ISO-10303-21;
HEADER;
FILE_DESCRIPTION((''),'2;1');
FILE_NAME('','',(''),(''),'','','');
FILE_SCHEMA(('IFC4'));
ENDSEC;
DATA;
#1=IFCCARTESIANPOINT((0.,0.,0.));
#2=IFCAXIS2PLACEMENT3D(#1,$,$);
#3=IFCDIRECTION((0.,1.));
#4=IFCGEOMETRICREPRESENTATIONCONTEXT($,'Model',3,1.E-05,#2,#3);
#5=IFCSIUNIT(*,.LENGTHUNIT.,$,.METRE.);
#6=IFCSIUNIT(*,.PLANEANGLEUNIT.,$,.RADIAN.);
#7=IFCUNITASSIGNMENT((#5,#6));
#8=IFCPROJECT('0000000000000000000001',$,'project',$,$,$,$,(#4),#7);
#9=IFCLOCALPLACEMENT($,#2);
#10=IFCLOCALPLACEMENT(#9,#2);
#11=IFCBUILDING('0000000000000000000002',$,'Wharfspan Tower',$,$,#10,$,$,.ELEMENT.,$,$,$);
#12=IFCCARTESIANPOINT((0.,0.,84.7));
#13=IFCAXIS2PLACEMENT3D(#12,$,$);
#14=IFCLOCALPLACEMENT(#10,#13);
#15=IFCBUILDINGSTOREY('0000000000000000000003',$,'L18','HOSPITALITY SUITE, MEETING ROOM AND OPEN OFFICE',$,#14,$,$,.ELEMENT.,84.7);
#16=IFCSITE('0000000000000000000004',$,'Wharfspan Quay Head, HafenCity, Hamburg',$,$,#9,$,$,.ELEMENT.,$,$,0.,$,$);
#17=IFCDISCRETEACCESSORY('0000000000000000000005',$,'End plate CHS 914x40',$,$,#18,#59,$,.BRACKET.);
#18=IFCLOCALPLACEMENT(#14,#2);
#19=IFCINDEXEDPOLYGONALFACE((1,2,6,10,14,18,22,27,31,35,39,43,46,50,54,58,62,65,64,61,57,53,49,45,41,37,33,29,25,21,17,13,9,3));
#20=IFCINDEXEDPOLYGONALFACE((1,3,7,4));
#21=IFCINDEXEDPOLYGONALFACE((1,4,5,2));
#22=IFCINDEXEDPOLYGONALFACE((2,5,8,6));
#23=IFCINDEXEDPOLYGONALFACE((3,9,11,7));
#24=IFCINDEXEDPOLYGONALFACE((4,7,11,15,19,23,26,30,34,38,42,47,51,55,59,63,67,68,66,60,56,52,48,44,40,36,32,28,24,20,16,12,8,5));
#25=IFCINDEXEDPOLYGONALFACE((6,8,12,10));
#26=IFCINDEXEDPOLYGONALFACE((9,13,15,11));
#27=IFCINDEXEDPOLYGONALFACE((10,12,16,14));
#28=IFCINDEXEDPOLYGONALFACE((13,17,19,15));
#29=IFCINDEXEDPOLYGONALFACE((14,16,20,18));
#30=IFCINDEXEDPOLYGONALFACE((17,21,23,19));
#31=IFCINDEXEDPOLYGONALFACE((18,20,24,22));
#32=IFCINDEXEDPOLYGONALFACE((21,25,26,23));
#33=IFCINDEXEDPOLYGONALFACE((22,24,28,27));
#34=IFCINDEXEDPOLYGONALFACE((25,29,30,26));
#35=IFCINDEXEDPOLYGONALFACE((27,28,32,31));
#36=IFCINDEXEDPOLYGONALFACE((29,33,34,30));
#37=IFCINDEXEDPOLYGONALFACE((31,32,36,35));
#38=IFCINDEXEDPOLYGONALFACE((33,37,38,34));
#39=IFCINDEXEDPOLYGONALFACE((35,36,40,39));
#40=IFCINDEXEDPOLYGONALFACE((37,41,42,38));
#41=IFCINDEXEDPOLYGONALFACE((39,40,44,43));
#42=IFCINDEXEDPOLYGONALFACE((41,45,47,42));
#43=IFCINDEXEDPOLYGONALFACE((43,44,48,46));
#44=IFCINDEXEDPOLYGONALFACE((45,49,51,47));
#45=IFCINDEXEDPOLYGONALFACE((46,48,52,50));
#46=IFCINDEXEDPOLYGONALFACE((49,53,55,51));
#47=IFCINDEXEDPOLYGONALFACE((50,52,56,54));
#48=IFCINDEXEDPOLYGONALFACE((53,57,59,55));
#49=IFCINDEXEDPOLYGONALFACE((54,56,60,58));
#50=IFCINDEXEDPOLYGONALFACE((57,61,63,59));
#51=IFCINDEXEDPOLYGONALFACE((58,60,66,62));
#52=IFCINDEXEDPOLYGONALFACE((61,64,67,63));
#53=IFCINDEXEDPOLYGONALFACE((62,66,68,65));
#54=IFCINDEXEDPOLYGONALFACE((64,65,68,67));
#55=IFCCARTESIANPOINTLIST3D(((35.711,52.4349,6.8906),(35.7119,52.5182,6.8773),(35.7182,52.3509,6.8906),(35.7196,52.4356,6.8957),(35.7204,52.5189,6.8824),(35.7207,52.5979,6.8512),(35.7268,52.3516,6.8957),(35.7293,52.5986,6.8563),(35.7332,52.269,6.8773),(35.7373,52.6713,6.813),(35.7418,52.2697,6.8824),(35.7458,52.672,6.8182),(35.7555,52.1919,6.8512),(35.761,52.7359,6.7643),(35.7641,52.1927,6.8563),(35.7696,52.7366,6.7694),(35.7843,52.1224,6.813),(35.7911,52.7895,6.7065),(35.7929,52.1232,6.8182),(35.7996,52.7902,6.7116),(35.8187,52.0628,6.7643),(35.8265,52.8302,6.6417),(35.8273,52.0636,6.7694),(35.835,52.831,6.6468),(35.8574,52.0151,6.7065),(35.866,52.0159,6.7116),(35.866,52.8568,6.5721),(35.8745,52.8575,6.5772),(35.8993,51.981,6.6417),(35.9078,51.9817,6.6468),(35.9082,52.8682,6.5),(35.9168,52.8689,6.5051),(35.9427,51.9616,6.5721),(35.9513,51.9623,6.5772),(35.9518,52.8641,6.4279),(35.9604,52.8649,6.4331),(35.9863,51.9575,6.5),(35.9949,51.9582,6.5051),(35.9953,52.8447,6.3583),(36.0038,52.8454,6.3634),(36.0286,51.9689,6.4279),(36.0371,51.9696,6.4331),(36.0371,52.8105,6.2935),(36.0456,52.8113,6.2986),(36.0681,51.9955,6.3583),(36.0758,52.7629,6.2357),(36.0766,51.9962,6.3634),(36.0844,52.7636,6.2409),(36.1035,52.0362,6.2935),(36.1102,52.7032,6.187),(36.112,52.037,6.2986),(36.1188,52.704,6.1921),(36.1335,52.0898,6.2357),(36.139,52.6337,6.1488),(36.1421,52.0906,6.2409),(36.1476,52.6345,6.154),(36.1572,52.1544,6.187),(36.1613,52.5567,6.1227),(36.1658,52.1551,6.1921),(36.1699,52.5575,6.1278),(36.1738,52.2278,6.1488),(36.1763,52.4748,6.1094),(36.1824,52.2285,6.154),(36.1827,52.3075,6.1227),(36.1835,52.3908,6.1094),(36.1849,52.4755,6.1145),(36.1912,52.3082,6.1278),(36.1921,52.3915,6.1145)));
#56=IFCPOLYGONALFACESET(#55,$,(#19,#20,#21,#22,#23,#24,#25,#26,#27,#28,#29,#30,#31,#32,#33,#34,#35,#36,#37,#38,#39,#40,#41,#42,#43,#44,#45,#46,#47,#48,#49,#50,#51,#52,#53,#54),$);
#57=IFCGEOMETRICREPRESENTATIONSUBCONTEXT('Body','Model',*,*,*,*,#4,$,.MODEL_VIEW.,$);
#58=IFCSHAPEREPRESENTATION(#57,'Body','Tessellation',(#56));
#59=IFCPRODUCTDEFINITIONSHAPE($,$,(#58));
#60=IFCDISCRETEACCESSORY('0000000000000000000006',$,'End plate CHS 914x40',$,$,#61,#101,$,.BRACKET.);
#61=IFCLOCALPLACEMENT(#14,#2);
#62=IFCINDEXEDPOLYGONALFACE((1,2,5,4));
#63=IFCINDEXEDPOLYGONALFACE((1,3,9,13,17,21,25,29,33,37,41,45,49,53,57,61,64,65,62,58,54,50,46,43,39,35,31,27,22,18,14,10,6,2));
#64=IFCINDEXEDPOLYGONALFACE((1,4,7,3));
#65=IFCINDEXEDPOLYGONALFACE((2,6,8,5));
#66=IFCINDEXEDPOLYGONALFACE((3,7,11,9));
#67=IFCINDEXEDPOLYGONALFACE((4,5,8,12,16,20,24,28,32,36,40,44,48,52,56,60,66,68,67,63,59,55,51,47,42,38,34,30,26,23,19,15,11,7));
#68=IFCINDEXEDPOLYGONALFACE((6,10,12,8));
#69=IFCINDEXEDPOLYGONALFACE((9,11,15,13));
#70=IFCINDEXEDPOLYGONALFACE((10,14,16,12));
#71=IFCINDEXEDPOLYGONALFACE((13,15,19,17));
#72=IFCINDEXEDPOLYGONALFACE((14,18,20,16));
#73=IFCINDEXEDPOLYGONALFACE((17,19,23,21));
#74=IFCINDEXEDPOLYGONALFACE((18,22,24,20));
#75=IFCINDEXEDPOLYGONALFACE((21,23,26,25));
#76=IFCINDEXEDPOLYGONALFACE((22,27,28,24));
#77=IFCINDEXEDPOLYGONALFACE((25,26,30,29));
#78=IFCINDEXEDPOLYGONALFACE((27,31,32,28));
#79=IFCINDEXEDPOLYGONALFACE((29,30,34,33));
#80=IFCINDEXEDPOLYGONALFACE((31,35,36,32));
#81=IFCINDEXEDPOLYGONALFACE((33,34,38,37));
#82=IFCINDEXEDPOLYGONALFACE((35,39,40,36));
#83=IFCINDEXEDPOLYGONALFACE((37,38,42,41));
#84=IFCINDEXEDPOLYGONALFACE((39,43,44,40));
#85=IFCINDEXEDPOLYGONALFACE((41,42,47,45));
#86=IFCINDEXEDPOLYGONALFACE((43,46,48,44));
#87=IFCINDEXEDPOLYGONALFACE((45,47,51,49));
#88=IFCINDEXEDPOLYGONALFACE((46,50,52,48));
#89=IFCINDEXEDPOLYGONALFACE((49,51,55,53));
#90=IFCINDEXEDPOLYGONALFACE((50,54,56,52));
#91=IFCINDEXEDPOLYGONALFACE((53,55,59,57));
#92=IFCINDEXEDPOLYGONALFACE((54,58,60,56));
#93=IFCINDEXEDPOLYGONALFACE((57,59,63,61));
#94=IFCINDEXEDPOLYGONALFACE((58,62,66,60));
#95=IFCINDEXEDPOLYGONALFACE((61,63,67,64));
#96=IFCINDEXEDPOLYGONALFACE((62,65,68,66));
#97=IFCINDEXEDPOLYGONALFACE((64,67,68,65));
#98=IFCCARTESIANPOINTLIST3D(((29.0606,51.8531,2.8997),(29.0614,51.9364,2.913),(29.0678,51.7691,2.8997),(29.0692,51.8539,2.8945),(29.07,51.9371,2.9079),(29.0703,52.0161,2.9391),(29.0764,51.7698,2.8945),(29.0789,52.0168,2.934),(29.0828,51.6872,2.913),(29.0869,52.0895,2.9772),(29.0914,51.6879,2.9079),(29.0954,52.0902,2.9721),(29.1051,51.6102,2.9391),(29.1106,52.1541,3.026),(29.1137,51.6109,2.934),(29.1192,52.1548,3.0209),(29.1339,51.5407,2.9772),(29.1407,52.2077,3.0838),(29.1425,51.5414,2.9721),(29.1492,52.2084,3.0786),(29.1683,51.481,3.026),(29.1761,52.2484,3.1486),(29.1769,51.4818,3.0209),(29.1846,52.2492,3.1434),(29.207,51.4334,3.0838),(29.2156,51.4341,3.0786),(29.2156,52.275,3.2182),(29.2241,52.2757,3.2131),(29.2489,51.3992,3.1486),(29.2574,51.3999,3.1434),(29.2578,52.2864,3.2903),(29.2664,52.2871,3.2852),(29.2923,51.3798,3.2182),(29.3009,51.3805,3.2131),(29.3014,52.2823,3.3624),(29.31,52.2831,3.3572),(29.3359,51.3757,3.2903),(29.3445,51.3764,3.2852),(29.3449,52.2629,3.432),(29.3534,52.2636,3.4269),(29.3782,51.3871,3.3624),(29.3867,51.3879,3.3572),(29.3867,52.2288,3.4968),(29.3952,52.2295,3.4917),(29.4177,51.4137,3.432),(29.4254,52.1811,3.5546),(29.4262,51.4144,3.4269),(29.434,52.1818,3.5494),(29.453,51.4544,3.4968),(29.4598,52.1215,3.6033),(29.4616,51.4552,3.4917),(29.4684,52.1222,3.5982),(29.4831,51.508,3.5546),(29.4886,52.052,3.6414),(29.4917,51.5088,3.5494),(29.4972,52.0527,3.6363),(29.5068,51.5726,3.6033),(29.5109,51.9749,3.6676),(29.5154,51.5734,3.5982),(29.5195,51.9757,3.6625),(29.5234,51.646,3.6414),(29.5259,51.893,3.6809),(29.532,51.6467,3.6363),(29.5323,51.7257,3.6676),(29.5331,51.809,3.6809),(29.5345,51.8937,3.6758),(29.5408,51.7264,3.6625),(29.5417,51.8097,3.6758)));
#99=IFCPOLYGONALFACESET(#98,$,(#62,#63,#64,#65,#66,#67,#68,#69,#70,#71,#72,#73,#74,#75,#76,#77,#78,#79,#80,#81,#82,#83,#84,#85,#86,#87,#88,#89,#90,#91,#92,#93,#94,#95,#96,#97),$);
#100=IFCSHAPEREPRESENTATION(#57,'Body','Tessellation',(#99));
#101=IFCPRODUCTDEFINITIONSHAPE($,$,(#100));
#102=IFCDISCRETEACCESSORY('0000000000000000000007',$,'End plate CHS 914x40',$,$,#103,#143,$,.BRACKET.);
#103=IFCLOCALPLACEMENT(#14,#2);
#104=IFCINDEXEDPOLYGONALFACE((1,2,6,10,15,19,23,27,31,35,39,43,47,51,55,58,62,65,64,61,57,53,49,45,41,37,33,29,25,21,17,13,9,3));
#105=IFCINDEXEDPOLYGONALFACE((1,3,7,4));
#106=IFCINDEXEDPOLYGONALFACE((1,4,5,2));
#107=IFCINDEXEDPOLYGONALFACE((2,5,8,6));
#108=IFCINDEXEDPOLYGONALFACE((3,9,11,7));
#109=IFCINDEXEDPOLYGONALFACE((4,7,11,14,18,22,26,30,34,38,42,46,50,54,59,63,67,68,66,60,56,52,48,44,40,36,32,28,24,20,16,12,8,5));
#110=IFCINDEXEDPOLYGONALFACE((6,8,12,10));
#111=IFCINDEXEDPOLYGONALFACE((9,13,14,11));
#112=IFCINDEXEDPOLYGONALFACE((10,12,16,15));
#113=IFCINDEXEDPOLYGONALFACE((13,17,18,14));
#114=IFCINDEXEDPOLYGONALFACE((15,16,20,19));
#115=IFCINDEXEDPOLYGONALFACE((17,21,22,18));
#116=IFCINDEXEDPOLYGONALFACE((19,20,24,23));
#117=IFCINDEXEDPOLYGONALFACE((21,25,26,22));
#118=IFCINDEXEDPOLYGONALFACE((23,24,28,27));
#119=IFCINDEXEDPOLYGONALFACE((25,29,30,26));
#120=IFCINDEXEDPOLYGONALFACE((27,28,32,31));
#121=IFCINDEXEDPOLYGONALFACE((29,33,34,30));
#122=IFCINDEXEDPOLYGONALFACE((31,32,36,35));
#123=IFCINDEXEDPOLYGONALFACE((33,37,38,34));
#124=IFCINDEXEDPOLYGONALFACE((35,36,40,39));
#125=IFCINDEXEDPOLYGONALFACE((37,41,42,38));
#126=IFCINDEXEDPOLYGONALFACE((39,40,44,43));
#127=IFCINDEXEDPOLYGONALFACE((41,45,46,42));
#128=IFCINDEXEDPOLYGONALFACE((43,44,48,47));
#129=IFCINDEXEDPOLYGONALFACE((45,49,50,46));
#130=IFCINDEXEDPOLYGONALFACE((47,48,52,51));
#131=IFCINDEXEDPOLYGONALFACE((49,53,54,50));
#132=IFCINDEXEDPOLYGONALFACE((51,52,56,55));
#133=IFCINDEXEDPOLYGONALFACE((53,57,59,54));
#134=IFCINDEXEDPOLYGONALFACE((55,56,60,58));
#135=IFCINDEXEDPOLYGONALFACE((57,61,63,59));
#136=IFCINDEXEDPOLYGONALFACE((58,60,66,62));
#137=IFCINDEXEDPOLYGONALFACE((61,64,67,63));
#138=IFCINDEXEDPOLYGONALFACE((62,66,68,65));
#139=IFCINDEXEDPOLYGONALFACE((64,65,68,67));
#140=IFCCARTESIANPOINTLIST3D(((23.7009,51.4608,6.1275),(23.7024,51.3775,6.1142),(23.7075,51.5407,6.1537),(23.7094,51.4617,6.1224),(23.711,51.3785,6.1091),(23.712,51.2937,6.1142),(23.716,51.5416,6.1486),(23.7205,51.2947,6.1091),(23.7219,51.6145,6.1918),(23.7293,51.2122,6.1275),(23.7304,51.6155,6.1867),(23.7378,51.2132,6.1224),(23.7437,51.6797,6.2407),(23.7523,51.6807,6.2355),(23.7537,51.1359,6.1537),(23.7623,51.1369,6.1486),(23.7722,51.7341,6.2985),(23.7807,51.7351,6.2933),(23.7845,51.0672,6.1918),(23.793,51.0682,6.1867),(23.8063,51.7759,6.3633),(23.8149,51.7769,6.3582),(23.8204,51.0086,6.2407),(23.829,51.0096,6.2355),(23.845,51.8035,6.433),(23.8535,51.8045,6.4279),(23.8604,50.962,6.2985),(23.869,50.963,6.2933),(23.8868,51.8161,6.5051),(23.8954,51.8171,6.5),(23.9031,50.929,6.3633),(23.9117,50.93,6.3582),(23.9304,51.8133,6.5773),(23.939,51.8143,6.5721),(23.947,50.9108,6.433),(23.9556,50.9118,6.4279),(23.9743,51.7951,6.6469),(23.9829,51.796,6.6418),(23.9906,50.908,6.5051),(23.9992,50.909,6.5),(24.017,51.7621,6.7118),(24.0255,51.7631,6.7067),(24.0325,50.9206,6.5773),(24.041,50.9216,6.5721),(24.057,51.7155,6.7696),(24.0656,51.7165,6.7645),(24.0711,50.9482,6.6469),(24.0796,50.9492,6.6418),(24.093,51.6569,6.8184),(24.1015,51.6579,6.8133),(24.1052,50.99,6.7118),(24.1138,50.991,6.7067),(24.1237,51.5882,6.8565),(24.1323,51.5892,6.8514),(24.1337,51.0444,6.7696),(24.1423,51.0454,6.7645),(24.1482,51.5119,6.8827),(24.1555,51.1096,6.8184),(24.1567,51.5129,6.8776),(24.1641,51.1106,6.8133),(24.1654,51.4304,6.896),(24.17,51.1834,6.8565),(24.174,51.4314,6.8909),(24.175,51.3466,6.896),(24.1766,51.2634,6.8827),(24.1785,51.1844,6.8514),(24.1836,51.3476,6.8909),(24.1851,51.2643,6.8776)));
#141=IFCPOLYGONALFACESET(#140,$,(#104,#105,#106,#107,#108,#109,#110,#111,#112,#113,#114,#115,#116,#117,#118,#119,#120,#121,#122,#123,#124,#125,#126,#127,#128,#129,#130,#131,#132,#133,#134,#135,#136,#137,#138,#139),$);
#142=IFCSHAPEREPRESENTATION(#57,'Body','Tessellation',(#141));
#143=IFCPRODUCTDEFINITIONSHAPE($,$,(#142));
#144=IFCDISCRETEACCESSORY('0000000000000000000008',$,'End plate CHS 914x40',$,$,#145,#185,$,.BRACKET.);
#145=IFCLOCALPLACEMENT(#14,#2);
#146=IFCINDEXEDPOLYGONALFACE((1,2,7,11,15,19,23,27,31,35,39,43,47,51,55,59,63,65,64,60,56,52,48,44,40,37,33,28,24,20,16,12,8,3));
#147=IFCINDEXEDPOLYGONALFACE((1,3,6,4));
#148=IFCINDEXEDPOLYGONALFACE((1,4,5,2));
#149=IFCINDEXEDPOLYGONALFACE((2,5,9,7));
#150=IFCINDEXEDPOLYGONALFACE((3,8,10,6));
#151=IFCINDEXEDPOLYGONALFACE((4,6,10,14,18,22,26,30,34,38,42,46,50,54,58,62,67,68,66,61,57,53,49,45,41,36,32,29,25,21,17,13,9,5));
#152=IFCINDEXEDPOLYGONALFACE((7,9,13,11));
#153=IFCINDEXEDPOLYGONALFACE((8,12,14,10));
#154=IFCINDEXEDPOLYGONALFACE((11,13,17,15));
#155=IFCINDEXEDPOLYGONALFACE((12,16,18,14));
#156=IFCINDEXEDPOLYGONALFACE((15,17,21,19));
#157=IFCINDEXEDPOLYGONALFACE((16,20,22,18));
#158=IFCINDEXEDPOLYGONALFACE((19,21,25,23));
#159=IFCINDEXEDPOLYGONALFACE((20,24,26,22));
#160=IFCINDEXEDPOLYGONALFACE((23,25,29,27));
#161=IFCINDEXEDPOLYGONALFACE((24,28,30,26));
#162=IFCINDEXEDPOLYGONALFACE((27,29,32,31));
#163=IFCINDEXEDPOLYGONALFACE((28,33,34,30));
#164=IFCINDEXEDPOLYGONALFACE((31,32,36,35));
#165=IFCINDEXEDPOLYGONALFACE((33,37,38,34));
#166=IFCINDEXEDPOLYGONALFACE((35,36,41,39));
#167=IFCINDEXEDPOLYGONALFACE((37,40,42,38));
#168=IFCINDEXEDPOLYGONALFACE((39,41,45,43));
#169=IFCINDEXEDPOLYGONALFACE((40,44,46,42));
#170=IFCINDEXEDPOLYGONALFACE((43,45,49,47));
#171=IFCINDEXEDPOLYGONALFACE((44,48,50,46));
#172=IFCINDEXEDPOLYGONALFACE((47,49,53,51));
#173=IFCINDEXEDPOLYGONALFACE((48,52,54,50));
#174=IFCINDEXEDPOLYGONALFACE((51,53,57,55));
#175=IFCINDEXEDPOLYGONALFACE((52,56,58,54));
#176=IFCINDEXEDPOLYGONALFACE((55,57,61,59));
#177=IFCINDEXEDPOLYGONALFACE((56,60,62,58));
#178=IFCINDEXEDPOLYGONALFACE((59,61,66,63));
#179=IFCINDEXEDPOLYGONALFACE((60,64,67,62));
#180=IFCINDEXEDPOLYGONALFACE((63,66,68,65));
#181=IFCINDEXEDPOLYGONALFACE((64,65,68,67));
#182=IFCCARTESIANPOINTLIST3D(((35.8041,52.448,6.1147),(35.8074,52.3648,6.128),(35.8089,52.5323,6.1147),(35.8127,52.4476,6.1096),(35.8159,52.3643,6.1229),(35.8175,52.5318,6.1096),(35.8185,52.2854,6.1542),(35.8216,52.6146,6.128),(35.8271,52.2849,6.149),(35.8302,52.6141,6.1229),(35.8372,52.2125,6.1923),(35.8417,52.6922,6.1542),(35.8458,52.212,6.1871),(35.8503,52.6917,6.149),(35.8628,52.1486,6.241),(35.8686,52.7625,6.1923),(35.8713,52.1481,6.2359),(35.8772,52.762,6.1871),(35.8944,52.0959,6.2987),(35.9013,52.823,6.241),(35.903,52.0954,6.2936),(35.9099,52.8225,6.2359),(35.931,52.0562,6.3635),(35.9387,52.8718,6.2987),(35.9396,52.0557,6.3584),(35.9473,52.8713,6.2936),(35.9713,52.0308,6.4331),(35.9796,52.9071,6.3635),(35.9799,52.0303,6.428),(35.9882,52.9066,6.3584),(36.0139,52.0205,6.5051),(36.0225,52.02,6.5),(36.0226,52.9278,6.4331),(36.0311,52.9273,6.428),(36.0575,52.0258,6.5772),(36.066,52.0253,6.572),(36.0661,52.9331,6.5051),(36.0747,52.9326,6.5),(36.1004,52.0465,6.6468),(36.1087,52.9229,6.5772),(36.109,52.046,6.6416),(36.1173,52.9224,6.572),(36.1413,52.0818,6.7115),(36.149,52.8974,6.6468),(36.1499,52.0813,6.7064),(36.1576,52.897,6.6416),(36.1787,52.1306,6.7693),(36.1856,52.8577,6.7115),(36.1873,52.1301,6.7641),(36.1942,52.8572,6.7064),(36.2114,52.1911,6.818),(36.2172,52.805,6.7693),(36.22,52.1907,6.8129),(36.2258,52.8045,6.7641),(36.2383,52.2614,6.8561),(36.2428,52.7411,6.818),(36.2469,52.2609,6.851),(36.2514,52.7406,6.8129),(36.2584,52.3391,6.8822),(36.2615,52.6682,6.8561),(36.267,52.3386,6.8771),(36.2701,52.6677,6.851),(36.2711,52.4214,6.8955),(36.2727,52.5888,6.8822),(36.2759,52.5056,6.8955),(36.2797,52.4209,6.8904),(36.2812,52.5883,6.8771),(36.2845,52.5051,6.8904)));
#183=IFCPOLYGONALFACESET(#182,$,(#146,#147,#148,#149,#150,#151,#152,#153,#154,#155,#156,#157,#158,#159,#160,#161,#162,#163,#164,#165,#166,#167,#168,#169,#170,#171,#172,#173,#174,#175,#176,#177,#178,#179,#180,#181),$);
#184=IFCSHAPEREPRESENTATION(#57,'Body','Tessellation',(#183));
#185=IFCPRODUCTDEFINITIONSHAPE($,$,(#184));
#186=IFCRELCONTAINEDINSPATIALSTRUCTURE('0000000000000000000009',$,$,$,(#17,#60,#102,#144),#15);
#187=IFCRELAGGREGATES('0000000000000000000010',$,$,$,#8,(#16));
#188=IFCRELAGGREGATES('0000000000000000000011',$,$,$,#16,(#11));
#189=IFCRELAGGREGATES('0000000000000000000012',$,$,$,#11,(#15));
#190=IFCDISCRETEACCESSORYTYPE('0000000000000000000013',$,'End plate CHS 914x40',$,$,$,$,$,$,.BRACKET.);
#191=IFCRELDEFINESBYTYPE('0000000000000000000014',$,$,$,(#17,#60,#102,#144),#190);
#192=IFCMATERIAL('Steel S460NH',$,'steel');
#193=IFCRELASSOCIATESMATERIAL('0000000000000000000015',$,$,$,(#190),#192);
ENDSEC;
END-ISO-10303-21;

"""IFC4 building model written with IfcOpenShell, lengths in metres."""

from ifc_helpers import new_model, si_unit, direction, frame, origin, origin_2d, place, context, subcontext, project, spatial, circle, extrude, material, material_profile, profile_set, type_object, element, save


model = new_model("IFC4")

# Units and contexts
model_context = context("Model", 3, precision=1e-05, world=origin(), true_north=direction((0.0, 1.0)))
body_context = subcontext(model_context, "Body", "Model", "MODEL_VIEW")
ifc_project = project(units=[si_unit("LENGTHUNIT", "METRE"), si_unit("PLANEANGLEUNIT", "RADIAN")], contexts=[model_context])

# Site, building, storey
site_placement = place(None, origin())
site = spatial("IfcSite", under=ifc_project, at=site_placement, Name="Wharfspan Quay Head, HafenCity, Hamburg", CompositionType="ELEMENT", RefElevation=0.0)
building_placement = place(site_placement, origin())
building = spatial("IfcBuilding", under=site, at=building_placement, Name="Wharfspan Tower", CompositionType="ELEMENT")
storey_placement = place(building_placement, frame((0.0, 0.0, 84.7)))
storey = spatial("IfcBuildingStorey", under=building, at=storey_placement, Name="L18", Description="HOSPITALITY SUITE, MEETING ROOM AND OPEN OFFICE", CompositionType="ELEMENT", Elevation=84.7)

# Shared definitions
ifc_material_1 = material(Name="Steel S460NH", Category="steel")

# Discrete accessories
ifc_material_profile_1 = material_profile(ifc_material_1, circle(Radius=0.457, at=origin_2d()))
ifc_profile_set_1 = profile_set([ifc_material_profile_1], Name="Steel S460NH")
discrete_accessory_type = type_object("IfcDiscreteAccessoryType", Name="End plate CHS 914x40", PredefinedType="BRACKET", material=ifc_profile_set_1)
for number, where, z_axis, x_axis, name in (
    (1, (35.9473, 52.4128, 6.5), (0.855186, 0.073302, 0.513112), (-0.085402, 0.996345, 0.000001), "End plate CHS 914x40"),
    (2, (29.3054, 51.8318, 3.2852), (-0.855186, -0.073302, 0.513112), (0.085402, -0.996345, 0.000001), "End plate CHS 914x40"),
    (3, (23.9473, 51.363, 6.5), (-0.853405, -0.097532, 0.512043), (0.113547, -0.993531, 0.000001), "End plate CHS 914x40"),
    (4, (36.0486, 52.4763, 6.5), (-0.856465, 0.048941, 0.513879), (-0.05705, -0.998372, 0.0), "End plate CHS 914x40"),
):
    element("IfcDiscreteAccessory", number, at=place(storey_placement, frame(where, z_axis=z_axis, x_axis=x_axis)), inside=storey, type_object=discrete_accessory_type, Name=name, PredefinedType="BRACKET", context=body_context, shape_type="SweptSolid", body=[
        extrude(circle(Radius=0.457, at=origin_2d()), origin(), (0.0, 0.0, 1.0), 0.01),
    ])

save(model, "model.ifc")
